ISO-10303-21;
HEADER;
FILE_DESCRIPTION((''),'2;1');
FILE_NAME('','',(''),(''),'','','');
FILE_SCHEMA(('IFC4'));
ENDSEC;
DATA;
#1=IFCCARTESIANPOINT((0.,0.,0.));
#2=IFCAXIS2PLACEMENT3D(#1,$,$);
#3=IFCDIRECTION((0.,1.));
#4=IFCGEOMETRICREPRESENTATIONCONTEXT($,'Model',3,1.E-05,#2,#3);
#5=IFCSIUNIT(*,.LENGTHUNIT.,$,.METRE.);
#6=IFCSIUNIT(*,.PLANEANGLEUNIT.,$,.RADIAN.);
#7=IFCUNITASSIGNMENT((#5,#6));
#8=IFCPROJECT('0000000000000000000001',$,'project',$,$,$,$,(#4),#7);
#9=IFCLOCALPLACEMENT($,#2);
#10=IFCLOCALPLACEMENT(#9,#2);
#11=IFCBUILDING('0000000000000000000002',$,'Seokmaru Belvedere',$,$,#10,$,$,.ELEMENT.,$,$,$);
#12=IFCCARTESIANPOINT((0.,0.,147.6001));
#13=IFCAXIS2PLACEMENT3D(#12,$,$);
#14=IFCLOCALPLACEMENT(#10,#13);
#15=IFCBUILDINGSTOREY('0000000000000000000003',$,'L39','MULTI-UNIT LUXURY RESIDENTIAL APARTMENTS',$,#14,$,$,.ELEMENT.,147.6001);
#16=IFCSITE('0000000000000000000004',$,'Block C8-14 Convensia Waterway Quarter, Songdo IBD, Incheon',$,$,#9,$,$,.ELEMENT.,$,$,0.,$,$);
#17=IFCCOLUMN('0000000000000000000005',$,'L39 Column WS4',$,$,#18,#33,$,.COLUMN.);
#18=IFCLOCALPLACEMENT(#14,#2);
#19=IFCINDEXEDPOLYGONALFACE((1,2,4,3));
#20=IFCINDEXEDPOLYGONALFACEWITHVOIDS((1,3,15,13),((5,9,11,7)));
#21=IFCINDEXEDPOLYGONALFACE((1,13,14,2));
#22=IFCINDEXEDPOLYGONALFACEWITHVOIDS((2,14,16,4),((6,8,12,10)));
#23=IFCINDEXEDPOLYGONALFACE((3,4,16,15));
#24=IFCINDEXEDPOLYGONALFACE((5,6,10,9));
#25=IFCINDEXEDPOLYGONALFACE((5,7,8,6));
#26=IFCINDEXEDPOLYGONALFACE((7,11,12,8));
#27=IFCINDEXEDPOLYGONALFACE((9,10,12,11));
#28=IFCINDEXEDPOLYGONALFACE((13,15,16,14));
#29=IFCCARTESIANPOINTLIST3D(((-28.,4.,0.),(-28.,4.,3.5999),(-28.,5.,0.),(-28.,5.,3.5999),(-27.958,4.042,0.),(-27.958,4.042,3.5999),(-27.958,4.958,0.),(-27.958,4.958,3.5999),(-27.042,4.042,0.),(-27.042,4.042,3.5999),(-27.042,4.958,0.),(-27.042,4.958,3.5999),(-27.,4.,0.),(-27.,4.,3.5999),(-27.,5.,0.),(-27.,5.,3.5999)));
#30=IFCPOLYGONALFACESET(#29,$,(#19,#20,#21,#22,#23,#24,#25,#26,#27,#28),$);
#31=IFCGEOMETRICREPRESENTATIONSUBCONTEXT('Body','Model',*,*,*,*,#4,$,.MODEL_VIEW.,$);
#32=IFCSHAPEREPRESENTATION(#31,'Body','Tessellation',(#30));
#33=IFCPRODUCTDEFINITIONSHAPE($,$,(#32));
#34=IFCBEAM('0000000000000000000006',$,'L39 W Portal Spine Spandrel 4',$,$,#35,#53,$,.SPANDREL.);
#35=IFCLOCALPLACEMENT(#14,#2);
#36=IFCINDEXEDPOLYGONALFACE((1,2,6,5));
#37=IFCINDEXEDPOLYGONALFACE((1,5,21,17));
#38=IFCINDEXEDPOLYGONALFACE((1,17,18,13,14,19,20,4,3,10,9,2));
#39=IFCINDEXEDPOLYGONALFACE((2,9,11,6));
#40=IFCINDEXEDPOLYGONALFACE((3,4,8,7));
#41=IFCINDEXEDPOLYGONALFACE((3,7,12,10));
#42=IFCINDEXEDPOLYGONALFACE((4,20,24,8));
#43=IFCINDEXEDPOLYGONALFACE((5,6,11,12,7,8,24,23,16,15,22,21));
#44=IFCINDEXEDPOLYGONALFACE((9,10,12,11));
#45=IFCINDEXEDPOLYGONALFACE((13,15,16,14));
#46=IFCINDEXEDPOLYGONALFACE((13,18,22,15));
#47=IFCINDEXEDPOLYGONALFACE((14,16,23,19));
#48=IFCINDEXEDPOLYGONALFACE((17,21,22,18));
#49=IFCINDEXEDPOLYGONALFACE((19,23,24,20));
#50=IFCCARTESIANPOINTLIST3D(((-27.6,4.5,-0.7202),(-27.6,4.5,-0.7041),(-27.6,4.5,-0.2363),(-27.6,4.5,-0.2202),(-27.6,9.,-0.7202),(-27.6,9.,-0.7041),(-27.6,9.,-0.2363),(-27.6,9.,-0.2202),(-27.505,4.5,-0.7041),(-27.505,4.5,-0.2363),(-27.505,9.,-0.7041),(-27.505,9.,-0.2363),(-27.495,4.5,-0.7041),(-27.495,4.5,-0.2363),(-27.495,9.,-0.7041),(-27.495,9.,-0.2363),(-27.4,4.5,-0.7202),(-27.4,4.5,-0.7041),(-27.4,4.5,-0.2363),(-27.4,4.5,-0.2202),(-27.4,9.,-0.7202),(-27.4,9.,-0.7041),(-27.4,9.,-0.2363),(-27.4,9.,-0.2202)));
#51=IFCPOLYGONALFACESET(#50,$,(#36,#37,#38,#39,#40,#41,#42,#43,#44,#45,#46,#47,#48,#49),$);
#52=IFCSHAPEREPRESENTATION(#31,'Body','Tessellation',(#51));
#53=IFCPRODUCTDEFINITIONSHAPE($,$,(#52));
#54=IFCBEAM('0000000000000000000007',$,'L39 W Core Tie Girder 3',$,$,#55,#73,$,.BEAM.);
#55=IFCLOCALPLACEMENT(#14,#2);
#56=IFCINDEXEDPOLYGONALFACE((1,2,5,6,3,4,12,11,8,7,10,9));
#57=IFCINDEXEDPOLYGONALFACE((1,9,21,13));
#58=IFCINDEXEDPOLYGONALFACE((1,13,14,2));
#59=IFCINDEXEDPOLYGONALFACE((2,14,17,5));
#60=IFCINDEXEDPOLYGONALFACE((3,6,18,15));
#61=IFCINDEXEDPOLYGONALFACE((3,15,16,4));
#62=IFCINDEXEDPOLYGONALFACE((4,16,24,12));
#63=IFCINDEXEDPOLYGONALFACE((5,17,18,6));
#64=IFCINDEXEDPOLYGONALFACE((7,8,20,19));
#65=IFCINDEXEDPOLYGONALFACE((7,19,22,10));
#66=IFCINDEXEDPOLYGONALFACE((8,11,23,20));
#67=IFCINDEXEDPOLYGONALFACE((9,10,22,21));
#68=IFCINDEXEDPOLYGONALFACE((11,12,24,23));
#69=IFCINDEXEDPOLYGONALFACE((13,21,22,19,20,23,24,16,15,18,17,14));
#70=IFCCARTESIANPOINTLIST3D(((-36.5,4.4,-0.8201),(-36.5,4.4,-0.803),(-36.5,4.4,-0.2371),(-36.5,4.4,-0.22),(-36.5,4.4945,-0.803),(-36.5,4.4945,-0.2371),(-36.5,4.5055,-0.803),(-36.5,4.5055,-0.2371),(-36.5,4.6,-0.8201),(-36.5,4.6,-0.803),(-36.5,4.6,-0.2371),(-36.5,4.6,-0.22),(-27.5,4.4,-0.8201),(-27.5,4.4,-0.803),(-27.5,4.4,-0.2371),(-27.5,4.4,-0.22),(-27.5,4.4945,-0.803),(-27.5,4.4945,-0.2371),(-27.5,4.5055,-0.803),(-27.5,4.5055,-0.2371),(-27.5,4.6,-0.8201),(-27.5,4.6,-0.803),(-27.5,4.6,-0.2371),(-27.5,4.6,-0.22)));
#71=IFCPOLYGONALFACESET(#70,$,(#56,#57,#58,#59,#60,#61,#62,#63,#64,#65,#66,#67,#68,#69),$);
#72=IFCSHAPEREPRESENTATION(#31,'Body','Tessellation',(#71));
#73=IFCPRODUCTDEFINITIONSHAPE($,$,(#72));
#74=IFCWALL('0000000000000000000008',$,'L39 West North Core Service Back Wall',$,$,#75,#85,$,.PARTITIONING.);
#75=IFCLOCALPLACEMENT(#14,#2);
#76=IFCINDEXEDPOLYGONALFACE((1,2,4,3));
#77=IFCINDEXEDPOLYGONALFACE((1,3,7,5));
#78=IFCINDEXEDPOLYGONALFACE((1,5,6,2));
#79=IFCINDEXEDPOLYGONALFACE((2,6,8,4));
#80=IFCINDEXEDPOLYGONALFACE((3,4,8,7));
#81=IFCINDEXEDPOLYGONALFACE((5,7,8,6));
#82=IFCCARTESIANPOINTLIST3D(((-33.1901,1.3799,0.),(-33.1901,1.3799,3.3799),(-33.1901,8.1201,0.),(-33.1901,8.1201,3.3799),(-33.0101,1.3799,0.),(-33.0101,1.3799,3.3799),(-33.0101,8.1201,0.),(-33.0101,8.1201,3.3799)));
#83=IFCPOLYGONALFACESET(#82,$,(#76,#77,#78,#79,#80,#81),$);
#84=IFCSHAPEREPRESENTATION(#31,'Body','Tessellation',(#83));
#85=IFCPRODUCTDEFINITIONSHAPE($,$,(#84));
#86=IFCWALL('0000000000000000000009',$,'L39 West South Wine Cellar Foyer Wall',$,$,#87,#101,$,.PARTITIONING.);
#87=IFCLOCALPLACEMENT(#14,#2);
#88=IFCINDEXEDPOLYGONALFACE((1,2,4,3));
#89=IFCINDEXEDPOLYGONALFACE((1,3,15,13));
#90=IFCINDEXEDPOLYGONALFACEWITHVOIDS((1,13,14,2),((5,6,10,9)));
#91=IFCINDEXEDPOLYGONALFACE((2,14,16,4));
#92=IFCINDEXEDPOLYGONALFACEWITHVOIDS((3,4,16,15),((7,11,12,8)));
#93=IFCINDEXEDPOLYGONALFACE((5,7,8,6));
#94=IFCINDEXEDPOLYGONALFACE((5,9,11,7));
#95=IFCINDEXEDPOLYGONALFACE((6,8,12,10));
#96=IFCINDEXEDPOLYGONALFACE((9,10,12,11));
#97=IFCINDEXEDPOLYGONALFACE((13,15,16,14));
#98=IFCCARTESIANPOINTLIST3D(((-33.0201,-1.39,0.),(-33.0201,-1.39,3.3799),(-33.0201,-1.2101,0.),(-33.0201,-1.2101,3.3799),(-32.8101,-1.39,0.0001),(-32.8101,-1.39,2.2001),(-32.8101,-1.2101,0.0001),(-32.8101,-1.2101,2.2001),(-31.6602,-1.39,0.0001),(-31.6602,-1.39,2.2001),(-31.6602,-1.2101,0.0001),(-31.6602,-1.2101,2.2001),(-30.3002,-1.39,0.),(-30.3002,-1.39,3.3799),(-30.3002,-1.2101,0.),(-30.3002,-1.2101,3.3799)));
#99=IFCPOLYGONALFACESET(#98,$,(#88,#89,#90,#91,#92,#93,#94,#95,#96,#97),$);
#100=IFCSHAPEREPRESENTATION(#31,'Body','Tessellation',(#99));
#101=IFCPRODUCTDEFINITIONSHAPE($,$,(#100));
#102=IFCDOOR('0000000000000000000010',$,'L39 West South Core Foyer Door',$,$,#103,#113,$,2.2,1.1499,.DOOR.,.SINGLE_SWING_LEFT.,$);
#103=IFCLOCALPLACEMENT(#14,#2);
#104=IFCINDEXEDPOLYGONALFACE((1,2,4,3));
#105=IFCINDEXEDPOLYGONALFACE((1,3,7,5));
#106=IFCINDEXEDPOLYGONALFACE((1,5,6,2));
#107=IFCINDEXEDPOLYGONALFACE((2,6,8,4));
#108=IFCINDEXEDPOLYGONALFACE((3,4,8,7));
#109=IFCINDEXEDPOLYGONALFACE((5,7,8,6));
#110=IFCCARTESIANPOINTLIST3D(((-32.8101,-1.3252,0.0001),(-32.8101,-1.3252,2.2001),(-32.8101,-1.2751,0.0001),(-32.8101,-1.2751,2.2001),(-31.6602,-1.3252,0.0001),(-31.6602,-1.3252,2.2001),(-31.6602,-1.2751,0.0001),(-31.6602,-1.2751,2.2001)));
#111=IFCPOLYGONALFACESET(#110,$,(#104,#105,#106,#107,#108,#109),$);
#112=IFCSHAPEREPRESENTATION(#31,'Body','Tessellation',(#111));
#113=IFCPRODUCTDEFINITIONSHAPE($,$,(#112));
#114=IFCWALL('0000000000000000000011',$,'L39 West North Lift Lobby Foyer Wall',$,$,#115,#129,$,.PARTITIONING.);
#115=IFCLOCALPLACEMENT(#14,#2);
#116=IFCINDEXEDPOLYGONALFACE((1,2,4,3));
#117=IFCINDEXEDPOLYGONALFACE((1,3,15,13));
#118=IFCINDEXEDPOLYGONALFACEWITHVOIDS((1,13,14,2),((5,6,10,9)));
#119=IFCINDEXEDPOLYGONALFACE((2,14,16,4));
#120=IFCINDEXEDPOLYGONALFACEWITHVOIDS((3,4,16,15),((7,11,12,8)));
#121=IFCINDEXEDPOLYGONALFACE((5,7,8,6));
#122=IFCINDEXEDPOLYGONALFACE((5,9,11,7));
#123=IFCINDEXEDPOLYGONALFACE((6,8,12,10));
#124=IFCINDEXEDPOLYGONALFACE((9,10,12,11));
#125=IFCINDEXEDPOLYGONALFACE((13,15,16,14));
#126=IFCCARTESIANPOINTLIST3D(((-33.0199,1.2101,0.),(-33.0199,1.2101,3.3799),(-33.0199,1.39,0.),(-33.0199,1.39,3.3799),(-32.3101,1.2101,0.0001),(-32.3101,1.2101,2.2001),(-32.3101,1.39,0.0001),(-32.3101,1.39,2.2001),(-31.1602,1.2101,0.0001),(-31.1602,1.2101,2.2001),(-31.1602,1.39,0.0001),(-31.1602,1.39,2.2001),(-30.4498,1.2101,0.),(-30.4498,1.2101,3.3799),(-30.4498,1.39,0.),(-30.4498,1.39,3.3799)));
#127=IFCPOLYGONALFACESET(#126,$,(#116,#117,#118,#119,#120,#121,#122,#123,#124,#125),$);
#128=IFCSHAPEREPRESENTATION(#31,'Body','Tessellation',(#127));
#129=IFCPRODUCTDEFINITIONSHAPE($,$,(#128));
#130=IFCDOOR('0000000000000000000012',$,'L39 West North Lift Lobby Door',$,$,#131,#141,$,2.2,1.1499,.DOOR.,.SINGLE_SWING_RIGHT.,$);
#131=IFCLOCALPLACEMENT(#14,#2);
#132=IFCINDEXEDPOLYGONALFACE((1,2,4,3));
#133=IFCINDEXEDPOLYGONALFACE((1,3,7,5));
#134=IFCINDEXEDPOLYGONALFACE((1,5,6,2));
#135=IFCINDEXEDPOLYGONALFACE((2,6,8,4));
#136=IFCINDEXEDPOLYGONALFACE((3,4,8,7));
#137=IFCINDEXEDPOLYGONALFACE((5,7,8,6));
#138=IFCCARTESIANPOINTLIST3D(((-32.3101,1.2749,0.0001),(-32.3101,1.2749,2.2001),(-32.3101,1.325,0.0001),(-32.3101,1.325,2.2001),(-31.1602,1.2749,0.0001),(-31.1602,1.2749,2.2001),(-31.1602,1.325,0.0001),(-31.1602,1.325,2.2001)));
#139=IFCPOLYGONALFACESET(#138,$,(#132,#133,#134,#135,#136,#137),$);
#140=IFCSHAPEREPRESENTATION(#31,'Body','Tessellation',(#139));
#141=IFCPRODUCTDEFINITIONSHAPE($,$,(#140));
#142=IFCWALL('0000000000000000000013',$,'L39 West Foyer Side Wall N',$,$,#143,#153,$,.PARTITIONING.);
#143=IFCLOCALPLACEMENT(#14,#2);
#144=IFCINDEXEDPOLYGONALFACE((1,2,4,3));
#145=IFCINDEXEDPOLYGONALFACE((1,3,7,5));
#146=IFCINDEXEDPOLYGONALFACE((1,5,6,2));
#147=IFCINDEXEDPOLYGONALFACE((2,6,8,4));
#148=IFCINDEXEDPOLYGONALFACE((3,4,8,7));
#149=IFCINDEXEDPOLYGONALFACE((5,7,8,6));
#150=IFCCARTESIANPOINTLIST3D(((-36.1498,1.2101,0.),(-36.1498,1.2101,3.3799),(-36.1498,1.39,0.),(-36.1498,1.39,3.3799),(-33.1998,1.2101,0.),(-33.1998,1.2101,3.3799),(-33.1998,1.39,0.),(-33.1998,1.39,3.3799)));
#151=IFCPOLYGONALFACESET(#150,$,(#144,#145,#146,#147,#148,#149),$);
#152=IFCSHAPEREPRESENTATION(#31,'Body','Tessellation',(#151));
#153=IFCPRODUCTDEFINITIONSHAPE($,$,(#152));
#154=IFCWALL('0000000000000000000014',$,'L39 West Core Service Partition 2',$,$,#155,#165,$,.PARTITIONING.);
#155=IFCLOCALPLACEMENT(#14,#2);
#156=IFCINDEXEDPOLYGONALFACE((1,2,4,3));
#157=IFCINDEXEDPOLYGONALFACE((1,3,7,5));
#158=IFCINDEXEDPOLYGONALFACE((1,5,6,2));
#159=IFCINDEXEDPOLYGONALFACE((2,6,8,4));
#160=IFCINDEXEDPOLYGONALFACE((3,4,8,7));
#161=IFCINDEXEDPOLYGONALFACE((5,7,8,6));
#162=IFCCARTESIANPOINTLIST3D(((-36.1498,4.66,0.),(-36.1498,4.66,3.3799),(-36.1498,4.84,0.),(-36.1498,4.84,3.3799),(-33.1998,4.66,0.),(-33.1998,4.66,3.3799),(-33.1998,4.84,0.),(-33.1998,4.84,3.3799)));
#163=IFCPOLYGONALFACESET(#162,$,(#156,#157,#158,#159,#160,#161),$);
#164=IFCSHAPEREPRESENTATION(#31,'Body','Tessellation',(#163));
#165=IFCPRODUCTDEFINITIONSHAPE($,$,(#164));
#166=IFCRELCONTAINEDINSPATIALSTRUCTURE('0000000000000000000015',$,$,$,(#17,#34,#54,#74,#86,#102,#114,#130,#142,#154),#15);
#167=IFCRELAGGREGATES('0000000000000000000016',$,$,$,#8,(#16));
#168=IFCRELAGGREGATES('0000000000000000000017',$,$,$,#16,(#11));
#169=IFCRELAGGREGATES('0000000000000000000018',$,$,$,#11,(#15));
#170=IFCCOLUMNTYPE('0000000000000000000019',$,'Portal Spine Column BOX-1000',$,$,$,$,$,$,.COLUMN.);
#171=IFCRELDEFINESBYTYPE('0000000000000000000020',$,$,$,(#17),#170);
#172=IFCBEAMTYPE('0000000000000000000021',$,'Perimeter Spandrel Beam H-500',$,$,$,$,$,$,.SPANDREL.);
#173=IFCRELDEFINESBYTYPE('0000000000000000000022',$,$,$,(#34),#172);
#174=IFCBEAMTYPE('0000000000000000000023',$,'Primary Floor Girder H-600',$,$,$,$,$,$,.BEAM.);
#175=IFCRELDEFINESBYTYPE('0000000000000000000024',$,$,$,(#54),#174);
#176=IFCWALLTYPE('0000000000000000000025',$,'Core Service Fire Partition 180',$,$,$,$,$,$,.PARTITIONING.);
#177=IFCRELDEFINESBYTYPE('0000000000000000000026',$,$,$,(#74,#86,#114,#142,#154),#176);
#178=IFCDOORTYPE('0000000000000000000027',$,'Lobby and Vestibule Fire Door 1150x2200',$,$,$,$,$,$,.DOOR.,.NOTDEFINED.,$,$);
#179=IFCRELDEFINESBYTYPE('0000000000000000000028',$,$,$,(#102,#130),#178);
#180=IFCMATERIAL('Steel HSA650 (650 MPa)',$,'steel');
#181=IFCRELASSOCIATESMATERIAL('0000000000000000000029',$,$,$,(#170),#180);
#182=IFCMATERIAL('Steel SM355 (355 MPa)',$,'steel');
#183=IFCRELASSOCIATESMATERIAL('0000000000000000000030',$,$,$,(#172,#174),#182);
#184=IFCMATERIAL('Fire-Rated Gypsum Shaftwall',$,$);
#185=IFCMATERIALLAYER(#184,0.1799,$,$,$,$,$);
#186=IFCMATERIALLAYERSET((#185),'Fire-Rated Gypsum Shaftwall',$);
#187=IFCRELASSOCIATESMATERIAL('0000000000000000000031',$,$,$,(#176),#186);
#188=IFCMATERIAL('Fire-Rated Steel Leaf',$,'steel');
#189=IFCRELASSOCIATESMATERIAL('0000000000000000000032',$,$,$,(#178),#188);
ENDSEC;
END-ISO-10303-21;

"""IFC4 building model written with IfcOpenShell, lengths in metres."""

from ifc_helpers import new_model, si_unit, direction, frame, frame_2d, origin, origin_2d, place, context, subcontext, project, spatial, rectangle, hollow_rectangle, i_section, extrude, source, transform, mapped, material, layer, layer_set, material_profile, profile_set, type_object, type_shapes, element, fill, save


model = new_model("IFC4")

# Units and contexts
model_context = context("Model", 3, precision=1e-05, world=origin(), true_north=direction((0.0, 1.0)))
body_context = subcontext(model_context, "Body", "Model", "MODEL_VIEW")
ifc_project = project(units=[si_unit("LENGTHUNIT", "METRE"), si_unit("PLANEANGLEUNIT", "RADIAN")], contexts=[model_context])

# Site, building, storey
site_placement = place(None, origin())
site = spatial("IfcSite", under=ifc_project, at=site_placement, Name="Block C8-14 Convensia Waterway Quarter, Songdo IBD, Incheon", CompositionType="ELEMENT", RefElevation=0.0)
building_placement = place(site_placement, origin())
building = spatial("IfcBuilding", under=site, at=building_placement, Name="Seokmaru Belvedere", CompositionType="ELEMENT")
storey_placement = place(building_placement, frame((0.0, 0.0, 147.6001)))
storey = spatial("IfcBuildingStorey", under=building, at=storey_placement, Name="L39", Description="MULTI-UNIT LUXURY RESIDENTIAL APARTMENTS", CompositionType="ELEMENT", Elevation=147.6001)

# Column
ifc_material_1 = material(Name="Steel HSA650 (650 MPa)", Category="steel")
ifc_material_profile_1 = material_profile(ifc_material_1, hollow_rectangle(XDim=1.0, YDim=1.0, WallThickness=0.042, at=origin_2d()), Name="BOX-1000x1000x42")
ifc_profile_set_1 = profile_set([ifc_material_profile_1], Name="Steel HSA650 (650 MPa)")
column_type = type_object("IfcColumnType", Name="Portal Spine Column BOX-1000", PredefinedType="COLUMN", material=ifc_profile_set_1)
shared_shape_1 = source(origin(), body_context, "Body", "SweptSolid", [
    extrude(hollow_rectangle(XDim=1.0, YDim=1.0, WallThickness=0.042, at=origin_2d()), origin(), (0.0, 0.0, 1.0), 3.5999),
])
type_shapes(column_type, [shared_shape_1])
column_placement = place(storey_placement, frame((-27.5, 4.5, 0.0), z_axis=(0.0, 0.0, 1.0), x_axis=(1.0, 0.0, 0.0)))
element("IfcColumn", 1, at=column_placement, inside=storey, type_object=column_type, Name="L39 Column WS4", PredefinedType="COLUMN", context=body_context, shape_type="MappedRepresentation", body=[
    mapped(shared_shape_1, transform((0.0, 0.0, 0.0), scale=1.0)),
])

# Beams
ifc_material_2 = material(Name="Steel SM355 (355 MPa)", Category="steel")
ifc_material_profile_2 = material_profile(ifc_material_2, i_section(OverallWidth=0.2, OverallDepth=0.5, WebThickness=0.01, FlangeThickness=0.0161, at=origin_2d()), Name="H-500x200x10x16")
ifc_profile_set_2 = profile_set([ifc_material_profile_2], Name="Steel SM355 (355 MPa)")
beam_type_1 = type_object("IfcBeamType", Name="Perimeter Spandrel Beam H-500", PredefinedType="SPANDREL", material=ifc_profile_set_2)
shared_shape_2 = source(origin(), body_context, "Body", "SweptSolid", [
    extrude(i_section(OverallWidth=0.2, OverallDepth=0.5, WebThickness=0.01, FlangeThickness=0.0161, at=origin_2d()), origin(), (0.0, 0.0, 1.0), 4.5),
])
type_shapes(beam_type_1, [shared_shape_2])
beam_1_placement = place(storey_placement, frame((-27.5, 4.5, -0.4702), z_axis=(0.0, 1.0, 0.0), x_axis=(-1.0, 0.0, 0.0)))
element("IfcBeam", 2, at=beam_1_placement, inside=storey, type_object=beam_type_1, Name="L39 W Portal Spine Spandrel 4", PredefinedType="SPANDREL", context=body_context, shape_type="MappedRepresentation", body=[
    mapped(shared_shape_2, transform((0.0, 0.0, 0.0), scale=1.0)),
])
ifc_material_profile_3 = material_profile(ifc_material_2, i_section(OverallWidth=0.2, OverallDepth=0.6001, WebThickness=0.011, FlangeThickness=0.0171, at=origin_2d()), Name="H-600x200x11x17")
ifc_profile_set_3 = profile_set([ifc_material_profile_3], Name="Steel SM355 (355 MPa)")
beam_type_2 = type_object("IfcBeamType", Name="Primary Floor Girder H-600", PredefinedType="BEAM", material=ifc_profile_set_3)
shared_shape_3 = source(origin(), body_context, "Body", "SweptSolid", [
    extrude(i_section(OverallWidth=0.2, OverallDepth=0.6001, WebThickness=0.011, FlangeThickness=0.0171, at=origin_2d()), origin(), (0.0, 0.0, 1.0), 9.0),
])
type_shapes(beam_type_2, [shared_shape_3])
beam_2_placement = place(storey_placement, frame((-36.5, 4.5, -0.52), z_axis=(1.0, 0.0, 0.0), x_axis=(0.0, 1.0, 0.0)))
element("IfcBeam", 3, at=beam_2_placement, inside=storey, type_object=beam_type_2, Name="L39 W Core Tie Girder 3", PredefinedType="BEAM", context=body_context, shape_type="MappedRepresentation", body=[
    mapped(shared_shape_3, transform((0.0, 0.0, 0.0), scale=1.0)),
])

# Wall
ifc_material_3 = material(Name="Fire-Rated Gypsum Shaftwall")
ifc_layer_1 = layer(ifc_material_3, 0.1799)
ifc_layer_set_1 = layer_set([ifc_layer_1], Name="Fire-Rated Gypsum Shaftwall")
wall_type_1 = type_object("IfcWallType", Name="Core Service Fire Partition 180", PredefinedType="PARTITIONING", material=ifc_layer_set_1)
wall_1_placement = place(storey_placement, frame((-33.1001, 1.3799, 0.0), z_axis=(0.0, 0.0, 1.0), x_axis=(0.0, 1.0, 0.0)))
element("IfcWall", 4, at=wall_1_placement, inside=storey, type_object=wall_type_1, Name="L39 West North Core Service Back Wall", PredefinedType="PARTITIONING", context=body_context, shape_type="SweptSolid", body=[
    extrude(rectangle(XDim=6.7402, YDim=0.1799, at=frame_2d((3.3701, 0.0))), origin(), (0.0, 0.0, 1.0), 3.3799),
])

# Walls, openings, doors
ifc_material_4 = material(Name="Fire-Rated Steel Leaf", Category="steel")
wall_2_placement = place(storey_placement, frame((-33.02, -1.3, 0.0), z_axis=(0.0, 0.0, 1.0), x_axis=(1.0, 0.0, 0.0)))
wall_2 = element("IfcWall", 5, at=wall_2_placement, inside=storey, type_object=wall_type_1, Name="L39 West South Wine Cellar Foyer Wall", PredefinedType="PARTITIONING", context=body_context, shape_type="SweptSolid", body=[
    extrude(rectangle(XDim=2.72, YDim=0.1799, at=frame_2d((1.3599, 0.0))), origin(), (0.0, 0.0, 1.0), 3.3799),
])
opening_1_placement = place(wall_2_placement, frame((0.21, 0.0, 0.0)))
opening_1 = element("IfcOpeningElement", 6, at=opening_1_placement, cuts=wall_2, PredefinedType="OPENING", context=body_context, shape_type="SweptSolid", body=[
    extrude(rectangle(XDim=1.1499, YDim=2.2, at=frame_2d((0.575, 1.1001))), frame((0.0, 0.1001, 0.0), z_axis=(0.0, -1.0, 0.0), x_axis=(1.0, 0.0, 0.0)), (0.0, 0.0, 1.0), 0.2),
])
door_type_1 = type_object("IfcDoorType", Name="Lobby and Vestibule Fire Door 1150x2200", OperationType="NOTDEFINED", PredefinedType="DOOR", material=ifc_material_4)
shared_shape_4 = source(origin(), body_context, "Body", "SweptSolid", [
    extrude(rectangle(XDim=1.1499, YDim=2.2, at=frame_2d((0.575, 1.1001))), frame((0.0, 0.0249, 0.0), z_axis=(0.0, -1.0, 0.0), x_axis=(1.0, 0.0, 0.0)), (0.0, 0.0, 1.0), 0.05),
])
type_shapes(door_type_1, [shared_shape_4])
door_1_placement = place(opening_1_placement, origin())
door_1 = element("IfcDoor", 7, at=door_1_placement, inside=storey, type_object=door_type_1, Name="L39 West South Core Foyer Door", OperationType="SINGLE_SWING_LEFT", OverallHeight=2.2, OverallWidth=1.1499, PredefinedType="DOOR", context=body_context, shape_type="MappedRepresentation", body=[
    mapped(shared_shape_4, transform((0.0, 0.0, 0.0), scale=1.0)),
])
fill(opening_1, door_1)
wall_3_placement = place(storey_placement, frame((-33.02, 1.3, 0.0), z_axis=(0.0, 0.0, 1.0), x_axis=(1.0, 0.0, 0.0)))
wall_3 = element("IfcWall", 8, at=wall_3_placement, inside=storey, type_object=wall_type_1, Name="L39 West North Lift Lobby Foyer Wall", PredefinedType="PARTITIONING", context=body_context, shape_type="SweptSolid", body=[
    extrude(rectangle(XDim=2.5701, YDim=0.1799, at=frame_2d((1.2852, 0.0))), origin(), (0.0, 0.0, 1.0), 3.3799),
])
opening_2_placement = place(wall_3_placement, frame((0.71, 0.0, 0.0)))
opening_2 = element("IfcOpeningElement", 9, at=opening_2_placement, cuts=wall_3, PredefinedType="OPENING", context=body_context, shape_type="SweptSolid", body=[
    extrude(rectangle(XDim=1.1499, YDim=2.2, at=frame_2d((0.575, 1.1001))), frame((0.0, 0.1001, 0.0), z_axis=(0.0, -1.0, 0.0), x_axis=(1.0, 0.0, 0.0)), (0.0, 0.0, 1.0), 0.2),
])
door_2_placement = place(opening_2_placement, origin())
door_2 = element("IfcDoor", 10, at=door_2_placement, inside=storey, type_object=door_type_1, Name="L39 West North Lift Lobby Door", OperationType="SINGLE_SWING_RIGHT", OverallHeight=2.2, OverallWidth=1.1499, PredefinedType="DOOR", context=body_context, shape_type="MappedRepresentation", body=[
    mapped(shared_shape_4, transform((0.0, 0.0, 0.0), scale=1.0)),
])
fill(opening_2, door_2)

# Walls
for number, where, z_axis, x_axis, name in (
    (11, (-36.1499, 1.3, 0.0), (0.0, 0.0, 1.0), (1.0, 0.0, 0.0), "L39 West Foyer Side Wall N"),
    (12, (-36.1499, 4.75, 0.0), (0.0, 0.0, 1.0), (1.0, 0.0, 0.0), "L39 West Core Service Partition 2"),
):
    element("IfcWall", number, at=place(storey_placement, frame(where, z_axis=z_axis, x_axis=x_axis)), inside=storey, type_object=wall_type_1, Name=name, PredefinedType="PARTITIONING", context=body_context, shape_type="SweptSolid", body=[
        extrude(rectangle(XDim=2.95, YDim=0.1799, at=frame_2d((1.4751, 0.0))), origin(), (0.0, 0.0, 1.0), 3.3799),
    ])

save(model, "model.ifc")
